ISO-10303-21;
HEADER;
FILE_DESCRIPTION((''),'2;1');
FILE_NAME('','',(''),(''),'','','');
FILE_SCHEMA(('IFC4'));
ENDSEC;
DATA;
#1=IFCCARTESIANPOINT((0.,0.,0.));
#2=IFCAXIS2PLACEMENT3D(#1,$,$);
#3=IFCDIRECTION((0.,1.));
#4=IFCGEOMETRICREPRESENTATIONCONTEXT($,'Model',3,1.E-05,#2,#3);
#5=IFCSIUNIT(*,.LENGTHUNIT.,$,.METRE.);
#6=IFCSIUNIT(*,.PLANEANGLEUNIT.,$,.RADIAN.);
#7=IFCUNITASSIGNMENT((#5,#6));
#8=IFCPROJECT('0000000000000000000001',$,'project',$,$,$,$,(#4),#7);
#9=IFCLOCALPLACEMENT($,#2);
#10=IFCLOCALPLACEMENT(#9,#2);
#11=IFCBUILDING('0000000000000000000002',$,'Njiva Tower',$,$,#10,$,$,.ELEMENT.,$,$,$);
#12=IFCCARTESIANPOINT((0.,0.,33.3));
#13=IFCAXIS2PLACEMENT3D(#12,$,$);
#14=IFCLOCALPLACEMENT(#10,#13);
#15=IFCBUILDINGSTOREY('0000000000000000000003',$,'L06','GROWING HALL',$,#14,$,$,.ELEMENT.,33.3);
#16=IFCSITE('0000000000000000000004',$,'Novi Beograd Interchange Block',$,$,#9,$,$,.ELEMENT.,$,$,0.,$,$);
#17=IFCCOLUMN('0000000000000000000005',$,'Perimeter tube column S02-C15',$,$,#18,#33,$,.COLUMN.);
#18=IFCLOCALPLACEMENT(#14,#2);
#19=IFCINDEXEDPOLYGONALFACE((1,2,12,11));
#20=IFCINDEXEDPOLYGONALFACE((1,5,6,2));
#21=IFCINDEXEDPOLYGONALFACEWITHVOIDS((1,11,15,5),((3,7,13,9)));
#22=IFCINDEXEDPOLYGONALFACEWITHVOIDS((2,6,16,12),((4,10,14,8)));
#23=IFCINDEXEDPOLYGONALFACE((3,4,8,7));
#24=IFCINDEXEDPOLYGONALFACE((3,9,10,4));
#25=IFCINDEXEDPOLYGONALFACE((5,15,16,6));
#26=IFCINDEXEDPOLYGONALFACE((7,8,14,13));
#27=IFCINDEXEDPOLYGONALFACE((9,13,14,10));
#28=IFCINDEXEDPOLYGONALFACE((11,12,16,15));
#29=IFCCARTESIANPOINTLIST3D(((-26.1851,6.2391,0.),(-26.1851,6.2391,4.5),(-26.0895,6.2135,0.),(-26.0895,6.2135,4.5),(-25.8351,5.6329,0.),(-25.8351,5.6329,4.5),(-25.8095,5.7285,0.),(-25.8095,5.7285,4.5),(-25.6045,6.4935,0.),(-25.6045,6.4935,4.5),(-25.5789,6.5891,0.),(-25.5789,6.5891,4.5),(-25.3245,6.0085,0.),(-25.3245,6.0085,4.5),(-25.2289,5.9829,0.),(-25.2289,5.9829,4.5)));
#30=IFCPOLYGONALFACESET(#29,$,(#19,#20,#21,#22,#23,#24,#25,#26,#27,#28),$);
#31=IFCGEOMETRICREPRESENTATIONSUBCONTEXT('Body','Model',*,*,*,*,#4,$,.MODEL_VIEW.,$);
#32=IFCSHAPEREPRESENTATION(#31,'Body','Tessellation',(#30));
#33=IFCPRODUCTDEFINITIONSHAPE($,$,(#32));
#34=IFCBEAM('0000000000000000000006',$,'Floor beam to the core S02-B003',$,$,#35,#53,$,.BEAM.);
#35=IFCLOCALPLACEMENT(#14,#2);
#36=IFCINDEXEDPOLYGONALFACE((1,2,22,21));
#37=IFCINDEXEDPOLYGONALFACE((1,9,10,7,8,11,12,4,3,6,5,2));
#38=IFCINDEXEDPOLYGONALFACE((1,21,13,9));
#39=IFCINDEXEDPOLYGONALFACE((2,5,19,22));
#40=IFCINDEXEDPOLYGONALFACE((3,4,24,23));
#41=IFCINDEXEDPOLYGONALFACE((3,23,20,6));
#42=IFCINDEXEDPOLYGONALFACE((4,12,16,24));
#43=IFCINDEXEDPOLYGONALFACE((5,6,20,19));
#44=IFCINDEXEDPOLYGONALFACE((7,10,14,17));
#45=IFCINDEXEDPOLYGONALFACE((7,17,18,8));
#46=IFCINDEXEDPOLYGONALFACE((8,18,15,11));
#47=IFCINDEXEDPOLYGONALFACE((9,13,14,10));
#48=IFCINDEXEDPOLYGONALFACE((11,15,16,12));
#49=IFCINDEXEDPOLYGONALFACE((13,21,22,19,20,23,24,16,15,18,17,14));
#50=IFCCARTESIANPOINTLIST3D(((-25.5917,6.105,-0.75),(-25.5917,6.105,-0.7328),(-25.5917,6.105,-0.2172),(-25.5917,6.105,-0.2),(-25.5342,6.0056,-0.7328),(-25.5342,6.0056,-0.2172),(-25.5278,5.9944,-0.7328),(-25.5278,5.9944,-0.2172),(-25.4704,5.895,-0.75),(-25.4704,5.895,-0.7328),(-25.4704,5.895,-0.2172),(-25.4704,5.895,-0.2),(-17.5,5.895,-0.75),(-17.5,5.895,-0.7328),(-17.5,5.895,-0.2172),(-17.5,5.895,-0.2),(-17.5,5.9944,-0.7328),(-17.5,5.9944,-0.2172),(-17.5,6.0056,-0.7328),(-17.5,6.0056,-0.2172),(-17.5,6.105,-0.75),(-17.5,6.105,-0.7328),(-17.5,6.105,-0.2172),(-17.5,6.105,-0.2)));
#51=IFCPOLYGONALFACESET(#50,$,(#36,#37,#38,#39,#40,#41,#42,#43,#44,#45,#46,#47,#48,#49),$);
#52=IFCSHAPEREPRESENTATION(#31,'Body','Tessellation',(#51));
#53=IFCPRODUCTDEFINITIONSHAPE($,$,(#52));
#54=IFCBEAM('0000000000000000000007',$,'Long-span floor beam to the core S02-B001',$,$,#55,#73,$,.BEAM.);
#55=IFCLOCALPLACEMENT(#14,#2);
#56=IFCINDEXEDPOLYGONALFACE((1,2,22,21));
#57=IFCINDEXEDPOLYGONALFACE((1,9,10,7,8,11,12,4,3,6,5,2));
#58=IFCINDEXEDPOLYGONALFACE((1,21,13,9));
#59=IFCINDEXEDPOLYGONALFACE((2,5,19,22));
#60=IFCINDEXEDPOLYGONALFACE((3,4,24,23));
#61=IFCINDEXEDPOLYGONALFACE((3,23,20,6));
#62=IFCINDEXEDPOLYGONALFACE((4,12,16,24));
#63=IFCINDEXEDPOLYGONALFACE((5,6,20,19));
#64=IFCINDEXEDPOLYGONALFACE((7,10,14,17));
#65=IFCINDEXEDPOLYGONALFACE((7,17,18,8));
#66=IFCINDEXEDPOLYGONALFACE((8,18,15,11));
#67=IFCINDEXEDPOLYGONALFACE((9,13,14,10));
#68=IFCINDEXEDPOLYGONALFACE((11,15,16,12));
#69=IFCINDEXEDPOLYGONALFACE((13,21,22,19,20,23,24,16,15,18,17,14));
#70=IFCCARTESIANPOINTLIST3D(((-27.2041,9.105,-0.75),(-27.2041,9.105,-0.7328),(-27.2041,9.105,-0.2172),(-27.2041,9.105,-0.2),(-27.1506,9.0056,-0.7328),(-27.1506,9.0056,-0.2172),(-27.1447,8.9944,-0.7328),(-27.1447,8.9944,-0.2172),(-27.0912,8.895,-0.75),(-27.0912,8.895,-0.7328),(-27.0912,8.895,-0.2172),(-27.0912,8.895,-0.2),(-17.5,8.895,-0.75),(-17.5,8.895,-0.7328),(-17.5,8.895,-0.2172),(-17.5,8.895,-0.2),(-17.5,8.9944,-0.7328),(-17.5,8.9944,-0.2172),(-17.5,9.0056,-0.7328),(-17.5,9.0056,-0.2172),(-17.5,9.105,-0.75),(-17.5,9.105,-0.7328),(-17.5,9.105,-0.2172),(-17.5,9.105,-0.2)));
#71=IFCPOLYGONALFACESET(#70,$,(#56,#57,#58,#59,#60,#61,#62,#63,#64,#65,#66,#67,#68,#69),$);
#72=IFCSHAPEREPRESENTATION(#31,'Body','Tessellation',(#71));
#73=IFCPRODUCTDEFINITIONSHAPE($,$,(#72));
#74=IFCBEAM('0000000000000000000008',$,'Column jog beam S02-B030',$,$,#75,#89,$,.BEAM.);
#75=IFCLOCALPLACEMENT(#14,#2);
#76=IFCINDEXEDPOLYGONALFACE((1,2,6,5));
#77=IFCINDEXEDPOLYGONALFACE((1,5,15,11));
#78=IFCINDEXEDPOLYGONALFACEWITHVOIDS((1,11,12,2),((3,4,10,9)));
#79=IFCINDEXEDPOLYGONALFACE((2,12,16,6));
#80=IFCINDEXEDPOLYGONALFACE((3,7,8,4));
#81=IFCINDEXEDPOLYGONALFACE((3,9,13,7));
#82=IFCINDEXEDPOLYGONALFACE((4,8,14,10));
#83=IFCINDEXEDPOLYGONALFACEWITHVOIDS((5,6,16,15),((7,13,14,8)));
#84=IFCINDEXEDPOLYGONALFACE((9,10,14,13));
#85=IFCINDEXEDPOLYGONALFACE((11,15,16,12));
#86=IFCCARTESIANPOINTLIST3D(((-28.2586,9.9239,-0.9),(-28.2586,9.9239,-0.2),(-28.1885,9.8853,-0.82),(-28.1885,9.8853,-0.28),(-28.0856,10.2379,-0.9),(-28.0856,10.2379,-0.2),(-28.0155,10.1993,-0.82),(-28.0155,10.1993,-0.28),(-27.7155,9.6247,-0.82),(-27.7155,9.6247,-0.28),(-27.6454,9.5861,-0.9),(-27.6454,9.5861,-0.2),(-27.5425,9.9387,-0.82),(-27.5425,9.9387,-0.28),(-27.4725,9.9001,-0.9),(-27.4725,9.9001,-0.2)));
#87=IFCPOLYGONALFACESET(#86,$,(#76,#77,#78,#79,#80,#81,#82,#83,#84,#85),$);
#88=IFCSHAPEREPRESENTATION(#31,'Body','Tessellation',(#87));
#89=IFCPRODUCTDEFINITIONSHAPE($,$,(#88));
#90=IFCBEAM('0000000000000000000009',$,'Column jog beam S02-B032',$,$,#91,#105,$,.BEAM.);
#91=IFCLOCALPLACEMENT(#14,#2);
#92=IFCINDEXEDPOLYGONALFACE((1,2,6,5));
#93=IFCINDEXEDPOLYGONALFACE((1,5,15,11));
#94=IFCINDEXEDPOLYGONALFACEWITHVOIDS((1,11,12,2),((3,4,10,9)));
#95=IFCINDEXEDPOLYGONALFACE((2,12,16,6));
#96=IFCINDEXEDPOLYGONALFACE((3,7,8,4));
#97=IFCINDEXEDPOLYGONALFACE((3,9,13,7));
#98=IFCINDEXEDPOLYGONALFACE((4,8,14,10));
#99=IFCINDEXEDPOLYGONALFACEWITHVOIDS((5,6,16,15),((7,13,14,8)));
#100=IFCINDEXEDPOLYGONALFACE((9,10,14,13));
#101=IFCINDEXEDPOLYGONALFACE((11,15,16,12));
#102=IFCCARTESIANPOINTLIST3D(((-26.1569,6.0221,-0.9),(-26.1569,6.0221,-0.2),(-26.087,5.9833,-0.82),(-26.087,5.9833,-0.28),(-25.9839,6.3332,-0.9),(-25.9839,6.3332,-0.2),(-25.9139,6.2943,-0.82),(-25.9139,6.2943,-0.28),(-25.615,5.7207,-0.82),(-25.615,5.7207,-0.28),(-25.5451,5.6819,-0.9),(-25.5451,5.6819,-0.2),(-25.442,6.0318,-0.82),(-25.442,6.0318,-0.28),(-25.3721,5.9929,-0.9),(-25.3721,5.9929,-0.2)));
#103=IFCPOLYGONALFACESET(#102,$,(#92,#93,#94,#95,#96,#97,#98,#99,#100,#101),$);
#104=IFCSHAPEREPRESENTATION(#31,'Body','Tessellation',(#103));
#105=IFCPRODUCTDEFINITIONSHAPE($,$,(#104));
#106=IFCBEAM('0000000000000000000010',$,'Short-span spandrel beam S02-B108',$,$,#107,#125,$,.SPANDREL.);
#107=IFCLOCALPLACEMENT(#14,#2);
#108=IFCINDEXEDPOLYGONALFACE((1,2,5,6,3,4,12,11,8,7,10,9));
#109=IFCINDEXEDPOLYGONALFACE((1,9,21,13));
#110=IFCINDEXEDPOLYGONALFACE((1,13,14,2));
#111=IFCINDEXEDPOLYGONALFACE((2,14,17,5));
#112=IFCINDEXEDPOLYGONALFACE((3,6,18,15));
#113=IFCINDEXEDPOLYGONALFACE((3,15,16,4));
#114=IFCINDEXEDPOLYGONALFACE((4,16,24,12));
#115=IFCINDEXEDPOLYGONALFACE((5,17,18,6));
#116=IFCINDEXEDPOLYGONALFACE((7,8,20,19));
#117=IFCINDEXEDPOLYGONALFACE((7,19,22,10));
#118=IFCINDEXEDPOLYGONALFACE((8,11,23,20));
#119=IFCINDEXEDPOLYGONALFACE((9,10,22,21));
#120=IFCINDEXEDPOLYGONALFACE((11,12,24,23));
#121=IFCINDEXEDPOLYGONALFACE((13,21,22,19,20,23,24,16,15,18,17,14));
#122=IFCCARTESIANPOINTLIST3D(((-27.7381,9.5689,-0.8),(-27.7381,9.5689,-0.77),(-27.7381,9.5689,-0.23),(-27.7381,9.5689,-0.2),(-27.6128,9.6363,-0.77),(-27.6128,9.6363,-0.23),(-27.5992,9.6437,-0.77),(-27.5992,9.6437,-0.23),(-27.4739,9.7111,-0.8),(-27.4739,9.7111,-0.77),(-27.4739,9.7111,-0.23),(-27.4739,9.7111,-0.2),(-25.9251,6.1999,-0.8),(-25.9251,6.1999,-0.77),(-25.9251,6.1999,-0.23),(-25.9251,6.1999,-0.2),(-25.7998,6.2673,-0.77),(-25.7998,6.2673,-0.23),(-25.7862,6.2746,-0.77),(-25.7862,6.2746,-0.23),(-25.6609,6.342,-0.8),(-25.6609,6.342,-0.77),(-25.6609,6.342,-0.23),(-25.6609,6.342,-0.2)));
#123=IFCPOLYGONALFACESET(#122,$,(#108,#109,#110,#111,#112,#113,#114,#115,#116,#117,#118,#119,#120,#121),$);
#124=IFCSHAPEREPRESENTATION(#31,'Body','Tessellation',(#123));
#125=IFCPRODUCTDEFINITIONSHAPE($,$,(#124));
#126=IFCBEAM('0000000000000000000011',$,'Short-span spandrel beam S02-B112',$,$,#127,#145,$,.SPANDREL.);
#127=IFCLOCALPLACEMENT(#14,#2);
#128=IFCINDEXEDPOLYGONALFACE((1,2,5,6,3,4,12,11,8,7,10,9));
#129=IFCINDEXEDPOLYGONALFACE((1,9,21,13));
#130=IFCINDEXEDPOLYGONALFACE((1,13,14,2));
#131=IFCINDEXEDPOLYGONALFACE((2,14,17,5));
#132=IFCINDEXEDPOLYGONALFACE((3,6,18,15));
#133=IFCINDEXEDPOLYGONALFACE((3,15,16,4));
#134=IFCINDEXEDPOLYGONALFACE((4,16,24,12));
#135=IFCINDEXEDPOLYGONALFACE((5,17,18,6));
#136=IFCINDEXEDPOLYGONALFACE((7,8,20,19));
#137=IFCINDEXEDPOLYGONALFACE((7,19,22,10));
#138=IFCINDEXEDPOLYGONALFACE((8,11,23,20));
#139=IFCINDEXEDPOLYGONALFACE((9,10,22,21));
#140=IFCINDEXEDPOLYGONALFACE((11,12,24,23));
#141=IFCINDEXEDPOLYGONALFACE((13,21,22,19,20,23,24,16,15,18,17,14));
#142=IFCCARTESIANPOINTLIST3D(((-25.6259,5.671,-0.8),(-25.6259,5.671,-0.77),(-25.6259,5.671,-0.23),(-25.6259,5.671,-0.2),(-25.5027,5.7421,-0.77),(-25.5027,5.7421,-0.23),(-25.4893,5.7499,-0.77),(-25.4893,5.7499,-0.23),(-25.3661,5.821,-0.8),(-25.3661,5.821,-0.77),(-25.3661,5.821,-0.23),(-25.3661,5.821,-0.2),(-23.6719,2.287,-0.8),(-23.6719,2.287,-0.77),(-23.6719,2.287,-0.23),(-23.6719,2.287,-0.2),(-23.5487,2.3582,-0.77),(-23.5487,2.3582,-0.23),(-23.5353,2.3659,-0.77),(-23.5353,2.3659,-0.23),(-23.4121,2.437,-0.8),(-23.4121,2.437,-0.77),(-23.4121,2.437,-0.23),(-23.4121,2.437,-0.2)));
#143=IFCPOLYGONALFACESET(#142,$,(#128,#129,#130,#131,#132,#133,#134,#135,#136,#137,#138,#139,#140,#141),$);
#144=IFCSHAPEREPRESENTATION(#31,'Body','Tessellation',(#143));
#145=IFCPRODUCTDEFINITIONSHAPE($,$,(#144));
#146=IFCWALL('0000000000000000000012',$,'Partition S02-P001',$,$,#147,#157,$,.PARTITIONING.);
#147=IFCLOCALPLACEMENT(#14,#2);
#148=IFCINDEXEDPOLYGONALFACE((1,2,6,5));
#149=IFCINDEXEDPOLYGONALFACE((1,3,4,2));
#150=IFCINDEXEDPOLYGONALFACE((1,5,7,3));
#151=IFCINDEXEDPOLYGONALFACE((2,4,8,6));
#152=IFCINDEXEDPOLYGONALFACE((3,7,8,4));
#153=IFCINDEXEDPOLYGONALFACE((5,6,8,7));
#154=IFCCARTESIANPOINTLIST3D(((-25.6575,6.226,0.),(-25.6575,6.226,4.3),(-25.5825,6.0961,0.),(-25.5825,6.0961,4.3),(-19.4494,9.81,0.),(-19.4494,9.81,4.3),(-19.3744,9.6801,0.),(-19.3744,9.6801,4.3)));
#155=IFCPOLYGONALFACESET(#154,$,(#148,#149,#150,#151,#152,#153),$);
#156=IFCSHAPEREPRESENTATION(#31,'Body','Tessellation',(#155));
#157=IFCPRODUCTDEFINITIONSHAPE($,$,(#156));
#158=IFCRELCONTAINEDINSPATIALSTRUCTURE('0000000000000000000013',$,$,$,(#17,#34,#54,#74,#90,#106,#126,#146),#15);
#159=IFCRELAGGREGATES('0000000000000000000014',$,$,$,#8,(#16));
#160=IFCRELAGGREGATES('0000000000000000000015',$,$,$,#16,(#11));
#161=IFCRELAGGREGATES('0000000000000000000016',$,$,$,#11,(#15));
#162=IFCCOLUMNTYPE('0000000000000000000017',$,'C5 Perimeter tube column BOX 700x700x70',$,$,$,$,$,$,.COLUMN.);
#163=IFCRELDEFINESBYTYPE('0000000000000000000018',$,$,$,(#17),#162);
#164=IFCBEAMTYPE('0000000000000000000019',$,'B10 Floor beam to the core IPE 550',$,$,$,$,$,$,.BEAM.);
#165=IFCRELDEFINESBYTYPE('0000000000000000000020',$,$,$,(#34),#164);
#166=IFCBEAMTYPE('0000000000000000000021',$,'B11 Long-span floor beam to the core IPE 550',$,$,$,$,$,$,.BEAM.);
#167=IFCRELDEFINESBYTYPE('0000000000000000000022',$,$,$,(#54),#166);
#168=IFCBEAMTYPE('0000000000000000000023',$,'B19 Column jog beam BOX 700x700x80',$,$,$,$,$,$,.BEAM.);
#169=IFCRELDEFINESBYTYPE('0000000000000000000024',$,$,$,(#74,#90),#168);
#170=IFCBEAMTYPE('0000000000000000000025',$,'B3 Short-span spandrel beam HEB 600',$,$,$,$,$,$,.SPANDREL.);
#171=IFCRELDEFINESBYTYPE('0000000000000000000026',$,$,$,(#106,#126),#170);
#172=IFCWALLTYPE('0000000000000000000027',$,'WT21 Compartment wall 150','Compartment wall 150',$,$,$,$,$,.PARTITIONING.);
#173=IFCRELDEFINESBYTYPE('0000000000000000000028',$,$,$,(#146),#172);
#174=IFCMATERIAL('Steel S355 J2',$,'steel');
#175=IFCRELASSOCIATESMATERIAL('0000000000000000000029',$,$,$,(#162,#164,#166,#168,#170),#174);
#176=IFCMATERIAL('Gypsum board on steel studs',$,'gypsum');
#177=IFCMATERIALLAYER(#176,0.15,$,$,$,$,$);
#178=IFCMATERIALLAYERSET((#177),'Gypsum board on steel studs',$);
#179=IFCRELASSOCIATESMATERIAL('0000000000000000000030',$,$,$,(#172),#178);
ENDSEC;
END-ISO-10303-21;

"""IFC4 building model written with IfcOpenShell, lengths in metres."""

from ifc_helpers import new_model, si_unit, direction, frame, frame_2d, origin, origin_2d, place, context, subcontext, project, spatial, rectangle, hollow_rectangle, i_section, extrude, clip, halfspace, material, layer, layer_set, material_profile, profile_set, type_object, element, save


model = new_model("IFC4")

# Units and contexts
model_context = context("Model", 3, precision=1e-05, world=origin(), true_north=direction((0.0, 1.0)))
body_context = subcontext(model_context, "Body", "Model", "MODEL_VIEW")
ifc_project = project(units=[si_unit("LENGTHUNIT", "METRE"), si_unit("PLANEANGLEUNIT", "RADIAN")], contexts=[model_context])

# Site, building, storey
site_placement = place(None, origin())
site = spatial("IfcSite", under=ifc_project, at=site_placement, Name="Novi Beograd Interchange Block", CompositionType="ELEMENT", RefElevation=0.0)
building_placement = place(site_placement, origin())
building = spatial("IfcBuilding", under=site, at=building_placement, Name="Njiva Tower", CompositionType="ELEMENT")
storey_placement = place(building_placement, frame((0.0, 0.0, 33.3)))
storey = spatial("IfcBuildingStorey", under=building, at=storey_placement, Name="L06", Description="GROWING HALL", CompositionType="ELEMENT", Elevation=33.3)

# Column
ifc_material_1 = material(Name="Steel S355 J2", Category="steel")
ifc_material_profile_1 = material_profile(ifc_material_1, hollow_rectangle(XDim=0.7, YDim=0.7, WallThickness=0.07, at=origin_2d()), Name="BOX 700x700x70")
ifc_profile_set_1 = profile_set([ifc_material_profile_1], Name="Steel S355 J2")
column_type = type_object("IfcColumnType", Name="C5 Perimeter tube column BOX 700x700x70", PredefinedType="COLUMN", material=ifc_profile_set_1)
column_placement = place(storey_placement, frame((-25.707, 6.111, 0.0), z_axis=(0.0, 0.0, 1.0), x_axis=(0.5, -0.866025, 0.0)))
element("IfcColumn", 1, at=column_placement, inside=storey, type_object=column_type, Name="Perimeter tube column S02-C15", PredefinedType="COLUMN", context=body_context, shape_type="SweptSolid", body=[
    extrude(hollow_rectangle(XDim=0.7, YDim=0.7, WallThickness=0.07, at=origin_2d()), origin(), (0.0, 0.0, 1.0), 4.5),
])

# Beams
ifc_material_profile_2 = material_profile(ifc_material_1, i_section(OverallWidth=0.21, OverallDepth=0.55, WebThickness=0.0111, FlangeThickness=0.0172, at=origin_2d()), Name="IPE 550")
ifc_profile_set_2 = profile_set([ifc_material_profile_2], Name="Steel S355 J2")
beam_type_1 = type_object("IfcBeamType", Name="B10 Floor beam to the core IPE 550", PredefinedType="BEAM", material=ifc_profile_set_2)
beam_1_placement = place(storey_placement, frame((-25.612, 6.0, -0.475), z_axis=(1.0, 0.0, 0.0), x_axis=(0.0, 1.0, 0.0)))
element("IfcBeam", 2, at=beam_1_placement, inside=storey, type_object=beam_type_1, Name="Floor beam to the core S02-B003", PredefinedType="BEAM", context=body_context, shape_type="Clipping", body=[
    clip(extrude(i_section(OverallWidth=0.21, OverallDepth=0.55, WebThickness=0.0111, FlangeThickness=0.0172, at=origin_2d()), origin(), (0.0, 0.0, 1.0), 8.112), halfspace(frame((-0.025, 0.0, 0.0954), z_axis=(-0.499998, 0.0, -0.866027), x_axis=(0.0, -1.0, 0.0)), False)),
])
ifc_material_profile_3 = material_profile(ifc_material_1, i_section(OverallWidth=0.21, OverallDepth=0.55, WebThickness=0.0111, FlangeThickness=0.0172, at=origin_2d()), Name="IPE 550")
ifc_profile_set_3 = profile_set([ifc_material_profile_3], Name="Steel S355 J2")
beam_type_2 = type_object("IfcBeamType", Name="B11 Long-span floor beam to the core IPE 550", PredefinedType="BEAM", material=ifc_profile_set_3)
beam_2_placement = place(storey_placement, frame((-27.224, 9.0, -0.475), z_axis=(1.0, 0.0, 0.0), x_axis=(0.0, 1.0, 0.0)))
element("IfcBeam", 3, at=beam_2_placement, inside=storey, type_object=beam_type_2, Name="Long-span floor beam to the core S02-B001", PredefinedType="BEAM", context=body_context, shape_type="Clipping", body=[
    clip(extrude(i_section(OverallWidth=0.21, OverallDepth=0.55, WebThickness=0.0111, FlangeThickness=0.0172, at=origin_2d()), origin(), (0.0, 0.0, 1.0), 9.724), halfspace(frame((-0.0237, 0.0, 0.0891), z_axis=(-0.473777, 0.0, -0.880645), x_axis=(0.0, -1.0, 0.0)), False)),
])
ifc_material_profile_4 = material_profile(ifc_material_1, hollow_rectangle(XDim=0.7, YDim=0.7, WallThickness=0.08, at=origin_2d()), Name="BOX 700x700x80")
ifc_profile_set_4 = profile_set([ifc_material_profile_4], Name="Steel S355 J2")
beam_type_3 = type_object("IfcBeamType", Name="B19 Column jog beam BOX 700x700x80", PredefinedType="BEAM", material=ifc_profile_set_4)
beam_3_placement = place(storey_placement, frame((-27.952, 9.755, -0.55), z_axis=(0.482561, 0.875862, 0.0), x_axis=(-0.875862, 0.482561, 0.0)))
element("IfcBeam", 4, at=beam_3_placement, inside=storey, type_object=beam_type_3, Name="Column jog beam S02-B030", PredefinedType="BEAM", context=body_context, shape_type="SweptSolid", body=[
    extrude(hollow_rectangle(XDim=0.7, YDim=0.7, WallThickness=0.08, at=origin_2d()), origin(), (0.0, 0.0, 1.0), 0.3585),
])
beam_4_placement = place(storey_placement, frame((-25.851, 5.852, -0.55), z_axis=(0.48612, 0.873892, 0.0), x_axis=(-0.873892, 0.48612, 0.0)))
element("IfcBeam", 5, at=beam_4_placement, inside=storey, type_object=beam_type_3, Name="Column jog beam S02-B032", PredefinedType="BEAM", context=body_context, shape_type="SweptSolid", body=[
    extrude(hollow_rectangle(XDim=0.7, YDim=0.7, WallThickness=0.08, at=origin_2d()), origin(), (0.0, 0.0, 1.0), 0.3559),
])
ifc_material_profile_5 = material_profile(ifc_material_1, i_section(OverallWidth=0.3, OverallDepth=0.6, WebThickness=0.0155, FlangeThickness=0.03, at=origin_2d()), Name="HEB 600")
ifc_profile_set_5 = profile_set([ifc_material_profile_5], Name="Steel S355 J2")
beam_type_4 = type_object("IfcBeamType", Name="B3 Short-span spandrel beam HEB 600", PredefinedType="SPANDREL", material=ifc_profile_set_5)
beam_5_placement = place(storey_placement, frame((-27.606, 9.64, -0.5), z_axis=(0.473882, -0.880589, 0.0), x_axis=(0.880589, 0.473882, 0.0)))
element("IfcBeam", 6, at=beam_5_placement, inside=storey, type_object=beam_type_4, Name="Short-span spandrel beam S02-B108", PredefinedType="SPANDREL", context=body_context, shape_type="SweptSolid", body=[
    extrude(i_section(OverallWidth=0.3, OverallDepth=0.6, WebThickness=0.0155, FlangeThickness=0.03, at=origin_2d()), origin(), (0.0, 0.0, 1.0), 3.8259),
])
beam_6_placement = place(storey_placement, frame((-25.496, 5.746, -0.5), z_axis=(0.500047, -0.865998, 0.0), x_axis=(0.865998, 0.500047, 0.0)))
element("IfcBeam", 7, at=beam_6_placement, inside=storey, type_object=beam_type_4, Name="Short-span spandrel beam S02-B112", PredefinedType="SPANDREL", context=body_context, shape_type="SweptSolid", body=[
    extrude(i_section(OverallWidth=0.3, OverallDepth=0.6, WebThickness=0.0155, FlangeThickness=0.03, at=origin_2d()), origin(), (0.0, 0.0, 1.0), 3.9076),
])

# Wall
ifc_material_2 = material(Name="Gypsum board on steel studs", Category="gypsum")
ifc_layer_1 = layer(ifc_material_2, 0.15)
ifc_layer_set_1 = layer_set([ifc_layer_1], Name="Gypsum board on steel studs")
wall_type_1 = type_object("IfcWallType", Name="WT21 Compartment wall 150", Description="Compartment wall 150", PredefinedType="PARTITIONING", material=ifc_layer_set_1)
wall_1_placement = place(storey_placement, frame((-25.62, 6.161, 0.0), z_axis=(0.0, 0.0, 1.0), x_axis=(0.866037, 0.49998, 0.0)))
element("IfcWall", 8, at=wall_1_placement, inside=storey, type_object=wall_type_1, Name="Partition S02-P001", PredefinedType="PARTITIONING", context=body_context, shape_type="SweptSolid", body=[
    extrude(rectangle(XDim=7.1683, YDim=0.15, at=frame_2d((3.5842, 0.0))), origin(), (0.0, 0.0, 1.0), 4.3),
])

save(model, "model.ifc")
